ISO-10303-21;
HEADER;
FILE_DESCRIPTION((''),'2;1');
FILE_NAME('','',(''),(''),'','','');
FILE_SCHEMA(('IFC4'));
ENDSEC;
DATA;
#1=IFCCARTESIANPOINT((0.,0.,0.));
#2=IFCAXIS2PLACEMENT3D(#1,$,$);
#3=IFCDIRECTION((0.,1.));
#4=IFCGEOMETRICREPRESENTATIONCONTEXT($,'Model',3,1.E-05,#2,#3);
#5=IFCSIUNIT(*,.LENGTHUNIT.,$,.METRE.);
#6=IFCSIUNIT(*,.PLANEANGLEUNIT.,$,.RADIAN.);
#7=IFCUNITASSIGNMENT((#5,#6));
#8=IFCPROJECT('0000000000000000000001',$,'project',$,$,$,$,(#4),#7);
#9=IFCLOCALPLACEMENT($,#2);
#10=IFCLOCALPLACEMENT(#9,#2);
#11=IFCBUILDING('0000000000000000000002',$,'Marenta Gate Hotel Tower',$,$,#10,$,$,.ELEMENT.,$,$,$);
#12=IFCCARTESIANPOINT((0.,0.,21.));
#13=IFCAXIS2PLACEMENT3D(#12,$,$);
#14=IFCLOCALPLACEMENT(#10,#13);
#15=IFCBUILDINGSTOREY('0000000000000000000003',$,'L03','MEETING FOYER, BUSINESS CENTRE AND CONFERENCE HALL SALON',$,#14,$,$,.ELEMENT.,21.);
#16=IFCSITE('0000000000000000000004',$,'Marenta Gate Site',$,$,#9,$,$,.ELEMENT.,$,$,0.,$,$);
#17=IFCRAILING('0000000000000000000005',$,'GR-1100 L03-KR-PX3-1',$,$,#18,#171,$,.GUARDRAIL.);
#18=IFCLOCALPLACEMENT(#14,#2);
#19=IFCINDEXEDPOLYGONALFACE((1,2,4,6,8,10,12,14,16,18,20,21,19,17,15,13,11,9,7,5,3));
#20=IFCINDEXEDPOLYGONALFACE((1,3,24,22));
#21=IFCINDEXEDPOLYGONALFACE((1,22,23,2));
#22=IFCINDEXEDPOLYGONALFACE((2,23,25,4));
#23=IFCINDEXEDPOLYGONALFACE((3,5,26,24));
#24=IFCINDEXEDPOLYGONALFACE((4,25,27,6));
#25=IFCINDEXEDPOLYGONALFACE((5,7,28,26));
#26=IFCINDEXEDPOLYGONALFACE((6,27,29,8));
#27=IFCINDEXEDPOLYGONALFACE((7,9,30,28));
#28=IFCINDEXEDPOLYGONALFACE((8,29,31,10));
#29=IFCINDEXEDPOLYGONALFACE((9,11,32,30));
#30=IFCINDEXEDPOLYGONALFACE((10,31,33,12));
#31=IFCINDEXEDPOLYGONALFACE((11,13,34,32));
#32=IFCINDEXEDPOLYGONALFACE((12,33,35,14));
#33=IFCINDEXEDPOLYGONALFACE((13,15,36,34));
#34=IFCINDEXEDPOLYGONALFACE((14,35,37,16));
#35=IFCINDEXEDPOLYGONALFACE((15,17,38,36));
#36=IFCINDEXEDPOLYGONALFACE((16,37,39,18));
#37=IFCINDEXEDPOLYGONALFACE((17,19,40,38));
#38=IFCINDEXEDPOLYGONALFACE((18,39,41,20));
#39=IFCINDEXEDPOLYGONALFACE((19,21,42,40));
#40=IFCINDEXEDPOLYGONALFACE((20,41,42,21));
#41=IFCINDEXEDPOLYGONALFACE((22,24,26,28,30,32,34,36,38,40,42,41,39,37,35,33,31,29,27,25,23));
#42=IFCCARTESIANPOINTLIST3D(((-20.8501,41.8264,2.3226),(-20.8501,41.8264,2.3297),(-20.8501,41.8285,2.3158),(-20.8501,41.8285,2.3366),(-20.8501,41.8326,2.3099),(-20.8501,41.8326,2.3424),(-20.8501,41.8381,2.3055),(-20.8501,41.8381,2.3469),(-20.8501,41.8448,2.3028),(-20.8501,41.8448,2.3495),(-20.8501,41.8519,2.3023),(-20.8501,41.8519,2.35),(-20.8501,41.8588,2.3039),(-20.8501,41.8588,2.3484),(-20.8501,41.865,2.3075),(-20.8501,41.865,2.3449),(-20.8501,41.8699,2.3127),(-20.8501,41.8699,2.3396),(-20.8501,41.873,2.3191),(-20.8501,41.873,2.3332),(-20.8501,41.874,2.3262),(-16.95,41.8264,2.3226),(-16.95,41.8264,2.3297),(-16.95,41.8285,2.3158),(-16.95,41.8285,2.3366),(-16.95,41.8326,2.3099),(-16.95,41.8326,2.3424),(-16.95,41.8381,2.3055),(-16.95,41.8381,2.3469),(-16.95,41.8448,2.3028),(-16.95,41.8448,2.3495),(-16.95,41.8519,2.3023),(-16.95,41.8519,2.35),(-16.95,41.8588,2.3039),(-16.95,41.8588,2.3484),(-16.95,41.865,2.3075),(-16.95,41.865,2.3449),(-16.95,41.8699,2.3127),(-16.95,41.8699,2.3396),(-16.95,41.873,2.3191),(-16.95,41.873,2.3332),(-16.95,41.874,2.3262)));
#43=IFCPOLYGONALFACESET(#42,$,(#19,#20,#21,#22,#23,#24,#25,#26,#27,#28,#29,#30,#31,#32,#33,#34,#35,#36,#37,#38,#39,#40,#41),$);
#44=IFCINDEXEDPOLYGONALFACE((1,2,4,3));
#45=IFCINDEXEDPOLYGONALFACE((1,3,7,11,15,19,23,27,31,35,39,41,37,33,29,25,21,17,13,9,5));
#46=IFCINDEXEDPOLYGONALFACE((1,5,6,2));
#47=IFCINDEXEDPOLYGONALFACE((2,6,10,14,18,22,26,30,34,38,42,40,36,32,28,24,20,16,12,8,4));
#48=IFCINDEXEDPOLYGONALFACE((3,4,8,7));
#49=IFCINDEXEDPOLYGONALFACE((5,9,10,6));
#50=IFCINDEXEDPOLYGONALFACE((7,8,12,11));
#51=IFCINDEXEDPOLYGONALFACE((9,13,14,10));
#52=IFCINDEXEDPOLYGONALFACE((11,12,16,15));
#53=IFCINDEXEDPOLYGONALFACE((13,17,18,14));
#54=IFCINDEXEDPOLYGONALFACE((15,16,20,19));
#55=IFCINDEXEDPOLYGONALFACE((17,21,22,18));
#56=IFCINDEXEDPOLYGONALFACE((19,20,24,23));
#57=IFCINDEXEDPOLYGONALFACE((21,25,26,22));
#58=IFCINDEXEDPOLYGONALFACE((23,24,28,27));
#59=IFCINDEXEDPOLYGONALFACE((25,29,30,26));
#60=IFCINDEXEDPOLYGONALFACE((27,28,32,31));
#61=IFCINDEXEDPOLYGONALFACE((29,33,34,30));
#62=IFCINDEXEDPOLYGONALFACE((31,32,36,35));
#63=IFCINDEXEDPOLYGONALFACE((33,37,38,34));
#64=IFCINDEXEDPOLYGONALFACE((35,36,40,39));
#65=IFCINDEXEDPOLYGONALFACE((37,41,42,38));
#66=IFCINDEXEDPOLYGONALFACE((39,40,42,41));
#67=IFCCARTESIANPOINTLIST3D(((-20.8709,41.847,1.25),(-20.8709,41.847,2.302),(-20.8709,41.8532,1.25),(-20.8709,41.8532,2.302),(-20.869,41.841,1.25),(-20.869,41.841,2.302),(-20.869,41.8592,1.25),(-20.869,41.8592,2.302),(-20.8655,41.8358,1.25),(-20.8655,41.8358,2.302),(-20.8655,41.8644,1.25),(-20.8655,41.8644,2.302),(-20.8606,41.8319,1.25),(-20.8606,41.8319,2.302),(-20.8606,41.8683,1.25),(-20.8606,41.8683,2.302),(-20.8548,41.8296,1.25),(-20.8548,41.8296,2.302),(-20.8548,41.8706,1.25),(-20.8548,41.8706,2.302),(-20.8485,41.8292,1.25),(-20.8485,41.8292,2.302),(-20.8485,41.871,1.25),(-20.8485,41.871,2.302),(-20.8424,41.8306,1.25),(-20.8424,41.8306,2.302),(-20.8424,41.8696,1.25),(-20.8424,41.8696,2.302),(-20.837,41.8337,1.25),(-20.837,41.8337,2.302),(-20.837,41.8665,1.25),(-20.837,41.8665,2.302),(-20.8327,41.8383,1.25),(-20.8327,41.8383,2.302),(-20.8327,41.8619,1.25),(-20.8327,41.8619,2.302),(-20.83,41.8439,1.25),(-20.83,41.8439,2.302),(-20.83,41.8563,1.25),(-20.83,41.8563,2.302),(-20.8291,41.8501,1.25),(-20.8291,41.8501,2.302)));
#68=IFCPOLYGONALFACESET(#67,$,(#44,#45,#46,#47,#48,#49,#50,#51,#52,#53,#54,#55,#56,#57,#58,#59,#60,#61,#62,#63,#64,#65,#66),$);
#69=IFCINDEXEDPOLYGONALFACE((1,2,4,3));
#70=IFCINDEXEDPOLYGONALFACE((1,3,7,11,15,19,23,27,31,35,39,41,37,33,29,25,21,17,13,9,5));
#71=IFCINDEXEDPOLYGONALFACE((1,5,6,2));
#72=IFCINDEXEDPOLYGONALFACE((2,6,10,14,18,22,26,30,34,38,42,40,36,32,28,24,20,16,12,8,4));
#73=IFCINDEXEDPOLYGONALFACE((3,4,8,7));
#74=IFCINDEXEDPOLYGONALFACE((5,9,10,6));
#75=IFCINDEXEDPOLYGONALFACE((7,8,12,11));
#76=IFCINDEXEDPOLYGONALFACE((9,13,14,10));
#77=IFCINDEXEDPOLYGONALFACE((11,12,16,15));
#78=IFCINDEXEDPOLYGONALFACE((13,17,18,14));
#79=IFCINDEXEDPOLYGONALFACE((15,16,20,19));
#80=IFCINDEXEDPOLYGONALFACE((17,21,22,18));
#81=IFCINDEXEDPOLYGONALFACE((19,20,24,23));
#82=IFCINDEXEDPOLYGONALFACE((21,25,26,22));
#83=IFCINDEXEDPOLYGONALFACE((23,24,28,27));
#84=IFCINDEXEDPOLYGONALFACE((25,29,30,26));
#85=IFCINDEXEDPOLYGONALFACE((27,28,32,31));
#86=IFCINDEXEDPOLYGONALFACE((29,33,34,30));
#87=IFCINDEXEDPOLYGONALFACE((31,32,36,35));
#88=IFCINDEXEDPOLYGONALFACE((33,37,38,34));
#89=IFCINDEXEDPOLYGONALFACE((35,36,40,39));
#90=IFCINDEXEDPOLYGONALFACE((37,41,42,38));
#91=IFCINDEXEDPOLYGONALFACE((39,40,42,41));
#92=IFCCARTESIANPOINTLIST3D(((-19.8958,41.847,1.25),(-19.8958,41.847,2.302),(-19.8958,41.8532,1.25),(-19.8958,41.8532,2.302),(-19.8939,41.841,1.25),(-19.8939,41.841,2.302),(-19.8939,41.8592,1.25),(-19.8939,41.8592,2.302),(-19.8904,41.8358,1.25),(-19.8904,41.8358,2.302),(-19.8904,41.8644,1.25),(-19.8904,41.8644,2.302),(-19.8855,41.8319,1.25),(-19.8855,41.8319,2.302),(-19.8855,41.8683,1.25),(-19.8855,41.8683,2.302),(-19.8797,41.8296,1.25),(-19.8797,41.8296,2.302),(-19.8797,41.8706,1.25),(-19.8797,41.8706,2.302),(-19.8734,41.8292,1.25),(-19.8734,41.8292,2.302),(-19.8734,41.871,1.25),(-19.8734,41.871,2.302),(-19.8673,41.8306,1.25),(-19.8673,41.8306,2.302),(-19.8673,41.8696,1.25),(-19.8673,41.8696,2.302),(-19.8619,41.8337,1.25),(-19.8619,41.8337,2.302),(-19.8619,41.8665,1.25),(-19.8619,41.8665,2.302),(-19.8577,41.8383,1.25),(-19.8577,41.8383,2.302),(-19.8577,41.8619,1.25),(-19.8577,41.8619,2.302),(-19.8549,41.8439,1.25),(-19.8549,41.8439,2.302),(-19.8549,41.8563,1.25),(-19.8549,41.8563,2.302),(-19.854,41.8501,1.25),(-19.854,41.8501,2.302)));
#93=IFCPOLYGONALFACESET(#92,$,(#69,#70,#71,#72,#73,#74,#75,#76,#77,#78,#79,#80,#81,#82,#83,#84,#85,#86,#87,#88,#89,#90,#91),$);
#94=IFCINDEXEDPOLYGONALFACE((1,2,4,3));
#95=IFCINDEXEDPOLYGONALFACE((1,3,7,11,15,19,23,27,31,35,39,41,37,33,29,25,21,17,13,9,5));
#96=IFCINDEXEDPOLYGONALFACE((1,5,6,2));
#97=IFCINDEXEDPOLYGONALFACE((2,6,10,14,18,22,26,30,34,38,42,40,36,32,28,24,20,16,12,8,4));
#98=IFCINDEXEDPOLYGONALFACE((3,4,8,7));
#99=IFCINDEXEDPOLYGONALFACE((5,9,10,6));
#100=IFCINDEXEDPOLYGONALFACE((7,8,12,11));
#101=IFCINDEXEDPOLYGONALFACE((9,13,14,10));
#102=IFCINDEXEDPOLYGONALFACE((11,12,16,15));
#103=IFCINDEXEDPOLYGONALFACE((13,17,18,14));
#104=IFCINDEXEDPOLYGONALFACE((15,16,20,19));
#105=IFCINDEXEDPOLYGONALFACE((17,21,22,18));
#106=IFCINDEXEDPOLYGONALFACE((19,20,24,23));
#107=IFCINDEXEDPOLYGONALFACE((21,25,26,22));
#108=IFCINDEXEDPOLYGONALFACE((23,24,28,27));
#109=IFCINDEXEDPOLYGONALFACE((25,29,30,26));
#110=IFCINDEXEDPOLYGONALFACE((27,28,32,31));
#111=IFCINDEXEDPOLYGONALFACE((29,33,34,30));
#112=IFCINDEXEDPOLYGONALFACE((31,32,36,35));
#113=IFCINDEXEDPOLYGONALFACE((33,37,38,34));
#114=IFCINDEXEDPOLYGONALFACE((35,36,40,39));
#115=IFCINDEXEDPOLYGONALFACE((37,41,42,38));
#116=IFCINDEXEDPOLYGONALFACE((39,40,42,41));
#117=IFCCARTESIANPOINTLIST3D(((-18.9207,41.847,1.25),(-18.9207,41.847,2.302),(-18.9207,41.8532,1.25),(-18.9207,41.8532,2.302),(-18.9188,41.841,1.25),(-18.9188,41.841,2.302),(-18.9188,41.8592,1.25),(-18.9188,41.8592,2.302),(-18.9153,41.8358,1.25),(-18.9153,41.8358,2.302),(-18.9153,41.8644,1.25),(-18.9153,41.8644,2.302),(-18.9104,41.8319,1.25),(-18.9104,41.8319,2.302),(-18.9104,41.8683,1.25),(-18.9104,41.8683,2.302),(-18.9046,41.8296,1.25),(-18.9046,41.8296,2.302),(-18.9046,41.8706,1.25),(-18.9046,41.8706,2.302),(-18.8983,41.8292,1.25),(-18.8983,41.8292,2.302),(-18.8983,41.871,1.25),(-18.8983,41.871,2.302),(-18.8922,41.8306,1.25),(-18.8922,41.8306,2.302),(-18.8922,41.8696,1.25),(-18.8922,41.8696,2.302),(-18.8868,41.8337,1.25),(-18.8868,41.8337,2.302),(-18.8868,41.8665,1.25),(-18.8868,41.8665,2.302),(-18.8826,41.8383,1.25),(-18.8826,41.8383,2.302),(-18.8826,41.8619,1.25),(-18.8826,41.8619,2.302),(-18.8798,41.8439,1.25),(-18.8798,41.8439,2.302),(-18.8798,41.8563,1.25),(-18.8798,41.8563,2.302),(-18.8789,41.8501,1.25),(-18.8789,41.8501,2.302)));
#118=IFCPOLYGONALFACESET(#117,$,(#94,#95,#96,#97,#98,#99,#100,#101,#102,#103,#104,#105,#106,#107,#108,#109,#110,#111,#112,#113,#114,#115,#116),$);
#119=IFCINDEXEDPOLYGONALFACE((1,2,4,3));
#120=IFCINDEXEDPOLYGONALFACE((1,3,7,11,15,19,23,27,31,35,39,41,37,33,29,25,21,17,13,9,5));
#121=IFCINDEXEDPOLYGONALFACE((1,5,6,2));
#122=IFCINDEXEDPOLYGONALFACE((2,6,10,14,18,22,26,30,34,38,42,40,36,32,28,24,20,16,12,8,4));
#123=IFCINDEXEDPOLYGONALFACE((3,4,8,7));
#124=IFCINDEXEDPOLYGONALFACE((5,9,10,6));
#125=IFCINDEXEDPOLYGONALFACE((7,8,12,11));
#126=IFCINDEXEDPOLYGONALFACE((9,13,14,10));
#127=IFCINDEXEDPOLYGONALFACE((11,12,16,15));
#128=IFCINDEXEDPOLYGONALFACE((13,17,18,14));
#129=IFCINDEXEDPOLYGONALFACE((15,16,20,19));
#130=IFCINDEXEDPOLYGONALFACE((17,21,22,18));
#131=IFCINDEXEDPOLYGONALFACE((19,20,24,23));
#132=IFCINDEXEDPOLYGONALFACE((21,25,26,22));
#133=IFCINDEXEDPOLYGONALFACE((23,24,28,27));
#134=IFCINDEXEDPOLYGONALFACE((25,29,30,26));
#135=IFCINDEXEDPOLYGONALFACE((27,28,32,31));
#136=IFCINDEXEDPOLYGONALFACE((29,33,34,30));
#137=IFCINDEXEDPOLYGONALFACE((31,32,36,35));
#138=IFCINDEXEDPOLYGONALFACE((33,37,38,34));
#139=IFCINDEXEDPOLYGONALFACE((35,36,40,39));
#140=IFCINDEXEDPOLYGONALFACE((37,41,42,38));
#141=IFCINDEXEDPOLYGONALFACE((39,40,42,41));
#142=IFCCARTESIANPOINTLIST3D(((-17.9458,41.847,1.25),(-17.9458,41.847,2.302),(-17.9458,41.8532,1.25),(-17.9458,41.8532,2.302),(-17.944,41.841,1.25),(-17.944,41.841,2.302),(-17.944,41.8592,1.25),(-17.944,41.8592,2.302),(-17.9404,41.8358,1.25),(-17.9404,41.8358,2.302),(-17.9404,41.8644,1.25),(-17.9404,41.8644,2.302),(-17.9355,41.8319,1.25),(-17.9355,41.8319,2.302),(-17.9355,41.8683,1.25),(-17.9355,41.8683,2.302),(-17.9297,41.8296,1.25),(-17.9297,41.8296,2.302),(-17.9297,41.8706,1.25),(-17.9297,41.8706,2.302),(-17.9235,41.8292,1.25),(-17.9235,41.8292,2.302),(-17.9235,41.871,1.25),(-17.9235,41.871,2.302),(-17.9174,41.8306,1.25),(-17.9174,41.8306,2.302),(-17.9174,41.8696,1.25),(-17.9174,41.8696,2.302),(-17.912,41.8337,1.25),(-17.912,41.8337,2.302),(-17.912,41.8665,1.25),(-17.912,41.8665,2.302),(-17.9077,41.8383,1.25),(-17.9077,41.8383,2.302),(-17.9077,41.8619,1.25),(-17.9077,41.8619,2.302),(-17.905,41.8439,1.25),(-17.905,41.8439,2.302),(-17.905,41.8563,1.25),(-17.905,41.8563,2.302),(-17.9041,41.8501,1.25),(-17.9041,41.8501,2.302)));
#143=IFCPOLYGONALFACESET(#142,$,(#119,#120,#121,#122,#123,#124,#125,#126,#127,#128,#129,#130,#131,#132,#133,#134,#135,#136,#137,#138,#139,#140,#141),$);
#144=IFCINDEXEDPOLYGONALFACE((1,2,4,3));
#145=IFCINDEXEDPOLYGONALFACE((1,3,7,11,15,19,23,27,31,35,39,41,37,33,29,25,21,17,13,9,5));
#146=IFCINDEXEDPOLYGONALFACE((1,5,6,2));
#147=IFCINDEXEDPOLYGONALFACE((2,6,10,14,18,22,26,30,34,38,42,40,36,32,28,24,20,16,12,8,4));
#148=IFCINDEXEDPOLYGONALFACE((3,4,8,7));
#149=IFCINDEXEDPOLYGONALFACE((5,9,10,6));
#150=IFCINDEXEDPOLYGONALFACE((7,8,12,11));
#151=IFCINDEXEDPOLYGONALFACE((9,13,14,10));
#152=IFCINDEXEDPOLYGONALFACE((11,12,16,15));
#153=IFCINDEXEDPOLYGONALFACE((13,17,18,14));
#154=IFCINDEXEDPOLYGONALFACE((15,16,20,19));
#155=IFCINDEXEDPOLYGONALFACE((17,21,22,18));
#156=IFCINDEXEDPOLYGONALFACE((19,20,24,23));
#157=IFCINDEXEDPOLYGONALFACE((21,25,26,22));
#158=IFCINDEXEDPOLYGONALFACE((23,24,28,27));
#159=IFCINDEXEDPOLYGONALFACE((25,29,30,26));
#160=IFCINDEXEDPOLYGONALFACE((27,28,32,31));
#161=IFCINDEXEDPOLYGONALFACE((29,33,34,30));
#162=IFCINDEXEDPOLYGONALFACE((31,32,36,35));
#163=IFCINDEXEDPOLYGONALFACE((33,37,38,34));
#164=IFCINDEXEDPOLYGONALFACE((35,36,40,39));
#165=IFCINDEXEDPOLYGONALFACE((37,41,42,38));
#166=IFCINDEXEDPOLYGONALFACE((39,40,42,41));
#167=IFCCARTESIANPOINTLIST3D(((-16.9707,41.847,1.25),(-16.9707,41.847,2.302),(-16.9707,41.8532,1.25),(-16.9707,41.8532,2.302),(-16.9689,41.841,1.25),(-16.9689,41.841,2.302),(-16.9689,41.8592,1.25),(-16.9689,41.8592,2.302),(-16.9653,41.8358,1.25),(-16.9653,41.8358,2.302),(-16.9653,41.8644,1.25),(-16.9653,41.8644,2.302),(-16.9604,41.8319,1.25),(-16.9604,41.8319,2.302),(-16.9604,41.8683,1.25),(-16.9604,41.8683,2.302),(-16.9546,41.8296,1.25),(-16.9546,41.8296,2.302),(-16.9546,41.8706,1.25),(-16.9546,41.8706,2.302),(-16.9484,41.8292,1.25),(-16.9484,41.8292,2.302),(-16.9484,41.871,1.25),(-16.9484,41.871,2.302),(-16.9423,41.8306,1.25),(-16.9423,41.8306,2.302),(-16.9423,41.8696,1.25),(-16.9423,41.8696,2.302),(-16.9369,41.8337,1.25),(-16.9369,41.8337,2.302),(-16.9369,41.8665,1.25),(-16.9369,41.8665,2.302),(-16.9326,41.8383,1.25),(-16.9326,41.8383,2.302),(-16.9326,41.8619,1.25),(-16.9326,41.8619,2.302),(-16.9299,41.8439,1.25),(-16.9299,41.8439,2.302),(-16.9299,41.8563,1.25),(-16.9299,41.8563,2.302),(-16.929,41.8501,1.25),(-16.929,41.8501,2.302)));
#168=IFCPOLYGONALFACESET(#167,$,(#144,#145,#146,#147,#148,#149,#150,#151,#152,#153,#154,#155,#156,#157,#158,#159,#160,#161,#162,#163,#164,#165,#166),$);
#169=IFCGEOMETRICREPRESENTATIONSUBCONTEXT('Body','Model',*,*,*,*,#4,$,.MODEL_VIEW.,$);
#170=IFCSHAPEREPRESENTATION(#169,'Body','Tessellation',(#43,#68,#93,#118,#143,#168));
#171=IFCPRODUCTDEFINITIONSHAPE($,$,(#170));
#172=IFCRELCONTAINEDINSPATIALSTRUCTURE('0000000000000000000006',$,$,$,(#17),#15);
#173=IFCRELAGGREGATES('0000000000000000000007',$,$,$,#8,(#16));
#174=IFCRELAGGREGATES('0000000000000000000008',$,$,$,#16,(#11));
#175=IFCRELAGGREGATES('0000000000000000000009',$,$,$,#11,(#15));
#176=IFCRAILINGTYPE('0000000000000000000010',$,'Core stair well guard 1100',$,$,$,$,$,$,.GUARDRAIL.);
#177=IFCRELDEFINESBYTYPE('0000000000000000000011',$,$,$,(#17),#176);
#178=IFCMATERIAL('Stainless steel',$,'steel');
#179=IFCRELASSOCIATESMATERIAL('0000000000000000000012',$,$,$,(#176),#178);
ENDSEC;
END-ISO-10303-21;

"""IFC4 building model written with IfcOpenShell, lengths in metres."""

from ifc_helpers import new_model, si_unit, direction, frame, origin, origin_2d, place, context, subcontext, project, spatial, circle, extrude, material, type_object, element, save


model = new_model("IFC4")

# Units and contexts
model_context = context("Model", 3, precision=1e-05, world=origin(), true_north=direction((0.0, 1.0)))
body_context = subcontext(model_context, "Body", "Model", "MODEL_VIEW")
ifc_project = project(units=[si_unit("LENGTHUNIT", "METRE"), si_unit("PLANEANGLEUNIT", "RADIAN")], contexts=[model_context])

# Site, building, storey
site_placement = place(None, origin())
site = spatial("IfcSite", under=ifc_project, at=site_placement, Name="Marenta Gate Site", CompositionType="ELEMENT", RefElevation=0.0)
building_placement = place(site_placement, origin())
building = spatial("IfcBuilding", under=site, at=building_placement, Name="Marenta Gate Hotel Tower", CompositionType="ELEMENT")
storey_placement = place(building_placement, frame((0.0, 0.0, 21.0)))
storey = spatial("IfcBuildingStorey", under=building, at=storey_placement, Name="L03", Description="MEETING FOYER, BUSINESS CENTRE AND CONFERENCE HALL SALON", CompositionType="ELEMENT", Elevation=21.0)

# Railing
ifc_material_1 = material(Name="Stainless steel", Category="steel")
railing_type_1 = type_object("IfcRailingType", Name="Core stair well guard 1100", PredefinedType="GUARDRAIL", material=ifc_material_1)
railing_1_placement = place(storey_placement, frame((-20.8501, 41.8501, 1.25)))
element("IfcRailing", 1, at=railing_1_placement, inside=storey, type_object=railing_type_1, Name="GR-1100 L03-KR-PX3-1", PredefinedType="GUARDRAIL", context=body_context, shape_type="SweptSolid", body=[
    extrude(circle(Radius=0.0239, at=origin_2d()), frame((0.0, 0.0, 1.0762), z_axis=(1.0, 0.0, 0.0), x_axis=(0.0, 1.0, 0.0)), (0.0, 0.0, 1.0), 3.9001),
    extrude(circle(Radius=0.021, at=origin_2d()), origin(), (0.0, 0.0, 1.0), 1.052),
    extrude(circle(Radius=0.021, at=origin_2d()), frame((0.9751, 0.0, 0.0)), (0.0, 0.0, 1.0), 1.052),
    extrude(circle(Radius=0.021, at=origin_2d()), frame((1.9502, 0.0, 0.0)), (0.0, 0.0, 1.0), 1.052),
    extrude(circle(Radius=0.021, at=origin_2d()), frame((2.925, 0.0, 0.0)), (0.0, 0.0, 1.0), 1.052),
    extrude(circle(Radius=0.021, at=origin_2d()), frame((3.9001, 0.0, 0.0)), (0.0, 0.0, 1.0), 1.052),
])

save(model, "model.ifc")
